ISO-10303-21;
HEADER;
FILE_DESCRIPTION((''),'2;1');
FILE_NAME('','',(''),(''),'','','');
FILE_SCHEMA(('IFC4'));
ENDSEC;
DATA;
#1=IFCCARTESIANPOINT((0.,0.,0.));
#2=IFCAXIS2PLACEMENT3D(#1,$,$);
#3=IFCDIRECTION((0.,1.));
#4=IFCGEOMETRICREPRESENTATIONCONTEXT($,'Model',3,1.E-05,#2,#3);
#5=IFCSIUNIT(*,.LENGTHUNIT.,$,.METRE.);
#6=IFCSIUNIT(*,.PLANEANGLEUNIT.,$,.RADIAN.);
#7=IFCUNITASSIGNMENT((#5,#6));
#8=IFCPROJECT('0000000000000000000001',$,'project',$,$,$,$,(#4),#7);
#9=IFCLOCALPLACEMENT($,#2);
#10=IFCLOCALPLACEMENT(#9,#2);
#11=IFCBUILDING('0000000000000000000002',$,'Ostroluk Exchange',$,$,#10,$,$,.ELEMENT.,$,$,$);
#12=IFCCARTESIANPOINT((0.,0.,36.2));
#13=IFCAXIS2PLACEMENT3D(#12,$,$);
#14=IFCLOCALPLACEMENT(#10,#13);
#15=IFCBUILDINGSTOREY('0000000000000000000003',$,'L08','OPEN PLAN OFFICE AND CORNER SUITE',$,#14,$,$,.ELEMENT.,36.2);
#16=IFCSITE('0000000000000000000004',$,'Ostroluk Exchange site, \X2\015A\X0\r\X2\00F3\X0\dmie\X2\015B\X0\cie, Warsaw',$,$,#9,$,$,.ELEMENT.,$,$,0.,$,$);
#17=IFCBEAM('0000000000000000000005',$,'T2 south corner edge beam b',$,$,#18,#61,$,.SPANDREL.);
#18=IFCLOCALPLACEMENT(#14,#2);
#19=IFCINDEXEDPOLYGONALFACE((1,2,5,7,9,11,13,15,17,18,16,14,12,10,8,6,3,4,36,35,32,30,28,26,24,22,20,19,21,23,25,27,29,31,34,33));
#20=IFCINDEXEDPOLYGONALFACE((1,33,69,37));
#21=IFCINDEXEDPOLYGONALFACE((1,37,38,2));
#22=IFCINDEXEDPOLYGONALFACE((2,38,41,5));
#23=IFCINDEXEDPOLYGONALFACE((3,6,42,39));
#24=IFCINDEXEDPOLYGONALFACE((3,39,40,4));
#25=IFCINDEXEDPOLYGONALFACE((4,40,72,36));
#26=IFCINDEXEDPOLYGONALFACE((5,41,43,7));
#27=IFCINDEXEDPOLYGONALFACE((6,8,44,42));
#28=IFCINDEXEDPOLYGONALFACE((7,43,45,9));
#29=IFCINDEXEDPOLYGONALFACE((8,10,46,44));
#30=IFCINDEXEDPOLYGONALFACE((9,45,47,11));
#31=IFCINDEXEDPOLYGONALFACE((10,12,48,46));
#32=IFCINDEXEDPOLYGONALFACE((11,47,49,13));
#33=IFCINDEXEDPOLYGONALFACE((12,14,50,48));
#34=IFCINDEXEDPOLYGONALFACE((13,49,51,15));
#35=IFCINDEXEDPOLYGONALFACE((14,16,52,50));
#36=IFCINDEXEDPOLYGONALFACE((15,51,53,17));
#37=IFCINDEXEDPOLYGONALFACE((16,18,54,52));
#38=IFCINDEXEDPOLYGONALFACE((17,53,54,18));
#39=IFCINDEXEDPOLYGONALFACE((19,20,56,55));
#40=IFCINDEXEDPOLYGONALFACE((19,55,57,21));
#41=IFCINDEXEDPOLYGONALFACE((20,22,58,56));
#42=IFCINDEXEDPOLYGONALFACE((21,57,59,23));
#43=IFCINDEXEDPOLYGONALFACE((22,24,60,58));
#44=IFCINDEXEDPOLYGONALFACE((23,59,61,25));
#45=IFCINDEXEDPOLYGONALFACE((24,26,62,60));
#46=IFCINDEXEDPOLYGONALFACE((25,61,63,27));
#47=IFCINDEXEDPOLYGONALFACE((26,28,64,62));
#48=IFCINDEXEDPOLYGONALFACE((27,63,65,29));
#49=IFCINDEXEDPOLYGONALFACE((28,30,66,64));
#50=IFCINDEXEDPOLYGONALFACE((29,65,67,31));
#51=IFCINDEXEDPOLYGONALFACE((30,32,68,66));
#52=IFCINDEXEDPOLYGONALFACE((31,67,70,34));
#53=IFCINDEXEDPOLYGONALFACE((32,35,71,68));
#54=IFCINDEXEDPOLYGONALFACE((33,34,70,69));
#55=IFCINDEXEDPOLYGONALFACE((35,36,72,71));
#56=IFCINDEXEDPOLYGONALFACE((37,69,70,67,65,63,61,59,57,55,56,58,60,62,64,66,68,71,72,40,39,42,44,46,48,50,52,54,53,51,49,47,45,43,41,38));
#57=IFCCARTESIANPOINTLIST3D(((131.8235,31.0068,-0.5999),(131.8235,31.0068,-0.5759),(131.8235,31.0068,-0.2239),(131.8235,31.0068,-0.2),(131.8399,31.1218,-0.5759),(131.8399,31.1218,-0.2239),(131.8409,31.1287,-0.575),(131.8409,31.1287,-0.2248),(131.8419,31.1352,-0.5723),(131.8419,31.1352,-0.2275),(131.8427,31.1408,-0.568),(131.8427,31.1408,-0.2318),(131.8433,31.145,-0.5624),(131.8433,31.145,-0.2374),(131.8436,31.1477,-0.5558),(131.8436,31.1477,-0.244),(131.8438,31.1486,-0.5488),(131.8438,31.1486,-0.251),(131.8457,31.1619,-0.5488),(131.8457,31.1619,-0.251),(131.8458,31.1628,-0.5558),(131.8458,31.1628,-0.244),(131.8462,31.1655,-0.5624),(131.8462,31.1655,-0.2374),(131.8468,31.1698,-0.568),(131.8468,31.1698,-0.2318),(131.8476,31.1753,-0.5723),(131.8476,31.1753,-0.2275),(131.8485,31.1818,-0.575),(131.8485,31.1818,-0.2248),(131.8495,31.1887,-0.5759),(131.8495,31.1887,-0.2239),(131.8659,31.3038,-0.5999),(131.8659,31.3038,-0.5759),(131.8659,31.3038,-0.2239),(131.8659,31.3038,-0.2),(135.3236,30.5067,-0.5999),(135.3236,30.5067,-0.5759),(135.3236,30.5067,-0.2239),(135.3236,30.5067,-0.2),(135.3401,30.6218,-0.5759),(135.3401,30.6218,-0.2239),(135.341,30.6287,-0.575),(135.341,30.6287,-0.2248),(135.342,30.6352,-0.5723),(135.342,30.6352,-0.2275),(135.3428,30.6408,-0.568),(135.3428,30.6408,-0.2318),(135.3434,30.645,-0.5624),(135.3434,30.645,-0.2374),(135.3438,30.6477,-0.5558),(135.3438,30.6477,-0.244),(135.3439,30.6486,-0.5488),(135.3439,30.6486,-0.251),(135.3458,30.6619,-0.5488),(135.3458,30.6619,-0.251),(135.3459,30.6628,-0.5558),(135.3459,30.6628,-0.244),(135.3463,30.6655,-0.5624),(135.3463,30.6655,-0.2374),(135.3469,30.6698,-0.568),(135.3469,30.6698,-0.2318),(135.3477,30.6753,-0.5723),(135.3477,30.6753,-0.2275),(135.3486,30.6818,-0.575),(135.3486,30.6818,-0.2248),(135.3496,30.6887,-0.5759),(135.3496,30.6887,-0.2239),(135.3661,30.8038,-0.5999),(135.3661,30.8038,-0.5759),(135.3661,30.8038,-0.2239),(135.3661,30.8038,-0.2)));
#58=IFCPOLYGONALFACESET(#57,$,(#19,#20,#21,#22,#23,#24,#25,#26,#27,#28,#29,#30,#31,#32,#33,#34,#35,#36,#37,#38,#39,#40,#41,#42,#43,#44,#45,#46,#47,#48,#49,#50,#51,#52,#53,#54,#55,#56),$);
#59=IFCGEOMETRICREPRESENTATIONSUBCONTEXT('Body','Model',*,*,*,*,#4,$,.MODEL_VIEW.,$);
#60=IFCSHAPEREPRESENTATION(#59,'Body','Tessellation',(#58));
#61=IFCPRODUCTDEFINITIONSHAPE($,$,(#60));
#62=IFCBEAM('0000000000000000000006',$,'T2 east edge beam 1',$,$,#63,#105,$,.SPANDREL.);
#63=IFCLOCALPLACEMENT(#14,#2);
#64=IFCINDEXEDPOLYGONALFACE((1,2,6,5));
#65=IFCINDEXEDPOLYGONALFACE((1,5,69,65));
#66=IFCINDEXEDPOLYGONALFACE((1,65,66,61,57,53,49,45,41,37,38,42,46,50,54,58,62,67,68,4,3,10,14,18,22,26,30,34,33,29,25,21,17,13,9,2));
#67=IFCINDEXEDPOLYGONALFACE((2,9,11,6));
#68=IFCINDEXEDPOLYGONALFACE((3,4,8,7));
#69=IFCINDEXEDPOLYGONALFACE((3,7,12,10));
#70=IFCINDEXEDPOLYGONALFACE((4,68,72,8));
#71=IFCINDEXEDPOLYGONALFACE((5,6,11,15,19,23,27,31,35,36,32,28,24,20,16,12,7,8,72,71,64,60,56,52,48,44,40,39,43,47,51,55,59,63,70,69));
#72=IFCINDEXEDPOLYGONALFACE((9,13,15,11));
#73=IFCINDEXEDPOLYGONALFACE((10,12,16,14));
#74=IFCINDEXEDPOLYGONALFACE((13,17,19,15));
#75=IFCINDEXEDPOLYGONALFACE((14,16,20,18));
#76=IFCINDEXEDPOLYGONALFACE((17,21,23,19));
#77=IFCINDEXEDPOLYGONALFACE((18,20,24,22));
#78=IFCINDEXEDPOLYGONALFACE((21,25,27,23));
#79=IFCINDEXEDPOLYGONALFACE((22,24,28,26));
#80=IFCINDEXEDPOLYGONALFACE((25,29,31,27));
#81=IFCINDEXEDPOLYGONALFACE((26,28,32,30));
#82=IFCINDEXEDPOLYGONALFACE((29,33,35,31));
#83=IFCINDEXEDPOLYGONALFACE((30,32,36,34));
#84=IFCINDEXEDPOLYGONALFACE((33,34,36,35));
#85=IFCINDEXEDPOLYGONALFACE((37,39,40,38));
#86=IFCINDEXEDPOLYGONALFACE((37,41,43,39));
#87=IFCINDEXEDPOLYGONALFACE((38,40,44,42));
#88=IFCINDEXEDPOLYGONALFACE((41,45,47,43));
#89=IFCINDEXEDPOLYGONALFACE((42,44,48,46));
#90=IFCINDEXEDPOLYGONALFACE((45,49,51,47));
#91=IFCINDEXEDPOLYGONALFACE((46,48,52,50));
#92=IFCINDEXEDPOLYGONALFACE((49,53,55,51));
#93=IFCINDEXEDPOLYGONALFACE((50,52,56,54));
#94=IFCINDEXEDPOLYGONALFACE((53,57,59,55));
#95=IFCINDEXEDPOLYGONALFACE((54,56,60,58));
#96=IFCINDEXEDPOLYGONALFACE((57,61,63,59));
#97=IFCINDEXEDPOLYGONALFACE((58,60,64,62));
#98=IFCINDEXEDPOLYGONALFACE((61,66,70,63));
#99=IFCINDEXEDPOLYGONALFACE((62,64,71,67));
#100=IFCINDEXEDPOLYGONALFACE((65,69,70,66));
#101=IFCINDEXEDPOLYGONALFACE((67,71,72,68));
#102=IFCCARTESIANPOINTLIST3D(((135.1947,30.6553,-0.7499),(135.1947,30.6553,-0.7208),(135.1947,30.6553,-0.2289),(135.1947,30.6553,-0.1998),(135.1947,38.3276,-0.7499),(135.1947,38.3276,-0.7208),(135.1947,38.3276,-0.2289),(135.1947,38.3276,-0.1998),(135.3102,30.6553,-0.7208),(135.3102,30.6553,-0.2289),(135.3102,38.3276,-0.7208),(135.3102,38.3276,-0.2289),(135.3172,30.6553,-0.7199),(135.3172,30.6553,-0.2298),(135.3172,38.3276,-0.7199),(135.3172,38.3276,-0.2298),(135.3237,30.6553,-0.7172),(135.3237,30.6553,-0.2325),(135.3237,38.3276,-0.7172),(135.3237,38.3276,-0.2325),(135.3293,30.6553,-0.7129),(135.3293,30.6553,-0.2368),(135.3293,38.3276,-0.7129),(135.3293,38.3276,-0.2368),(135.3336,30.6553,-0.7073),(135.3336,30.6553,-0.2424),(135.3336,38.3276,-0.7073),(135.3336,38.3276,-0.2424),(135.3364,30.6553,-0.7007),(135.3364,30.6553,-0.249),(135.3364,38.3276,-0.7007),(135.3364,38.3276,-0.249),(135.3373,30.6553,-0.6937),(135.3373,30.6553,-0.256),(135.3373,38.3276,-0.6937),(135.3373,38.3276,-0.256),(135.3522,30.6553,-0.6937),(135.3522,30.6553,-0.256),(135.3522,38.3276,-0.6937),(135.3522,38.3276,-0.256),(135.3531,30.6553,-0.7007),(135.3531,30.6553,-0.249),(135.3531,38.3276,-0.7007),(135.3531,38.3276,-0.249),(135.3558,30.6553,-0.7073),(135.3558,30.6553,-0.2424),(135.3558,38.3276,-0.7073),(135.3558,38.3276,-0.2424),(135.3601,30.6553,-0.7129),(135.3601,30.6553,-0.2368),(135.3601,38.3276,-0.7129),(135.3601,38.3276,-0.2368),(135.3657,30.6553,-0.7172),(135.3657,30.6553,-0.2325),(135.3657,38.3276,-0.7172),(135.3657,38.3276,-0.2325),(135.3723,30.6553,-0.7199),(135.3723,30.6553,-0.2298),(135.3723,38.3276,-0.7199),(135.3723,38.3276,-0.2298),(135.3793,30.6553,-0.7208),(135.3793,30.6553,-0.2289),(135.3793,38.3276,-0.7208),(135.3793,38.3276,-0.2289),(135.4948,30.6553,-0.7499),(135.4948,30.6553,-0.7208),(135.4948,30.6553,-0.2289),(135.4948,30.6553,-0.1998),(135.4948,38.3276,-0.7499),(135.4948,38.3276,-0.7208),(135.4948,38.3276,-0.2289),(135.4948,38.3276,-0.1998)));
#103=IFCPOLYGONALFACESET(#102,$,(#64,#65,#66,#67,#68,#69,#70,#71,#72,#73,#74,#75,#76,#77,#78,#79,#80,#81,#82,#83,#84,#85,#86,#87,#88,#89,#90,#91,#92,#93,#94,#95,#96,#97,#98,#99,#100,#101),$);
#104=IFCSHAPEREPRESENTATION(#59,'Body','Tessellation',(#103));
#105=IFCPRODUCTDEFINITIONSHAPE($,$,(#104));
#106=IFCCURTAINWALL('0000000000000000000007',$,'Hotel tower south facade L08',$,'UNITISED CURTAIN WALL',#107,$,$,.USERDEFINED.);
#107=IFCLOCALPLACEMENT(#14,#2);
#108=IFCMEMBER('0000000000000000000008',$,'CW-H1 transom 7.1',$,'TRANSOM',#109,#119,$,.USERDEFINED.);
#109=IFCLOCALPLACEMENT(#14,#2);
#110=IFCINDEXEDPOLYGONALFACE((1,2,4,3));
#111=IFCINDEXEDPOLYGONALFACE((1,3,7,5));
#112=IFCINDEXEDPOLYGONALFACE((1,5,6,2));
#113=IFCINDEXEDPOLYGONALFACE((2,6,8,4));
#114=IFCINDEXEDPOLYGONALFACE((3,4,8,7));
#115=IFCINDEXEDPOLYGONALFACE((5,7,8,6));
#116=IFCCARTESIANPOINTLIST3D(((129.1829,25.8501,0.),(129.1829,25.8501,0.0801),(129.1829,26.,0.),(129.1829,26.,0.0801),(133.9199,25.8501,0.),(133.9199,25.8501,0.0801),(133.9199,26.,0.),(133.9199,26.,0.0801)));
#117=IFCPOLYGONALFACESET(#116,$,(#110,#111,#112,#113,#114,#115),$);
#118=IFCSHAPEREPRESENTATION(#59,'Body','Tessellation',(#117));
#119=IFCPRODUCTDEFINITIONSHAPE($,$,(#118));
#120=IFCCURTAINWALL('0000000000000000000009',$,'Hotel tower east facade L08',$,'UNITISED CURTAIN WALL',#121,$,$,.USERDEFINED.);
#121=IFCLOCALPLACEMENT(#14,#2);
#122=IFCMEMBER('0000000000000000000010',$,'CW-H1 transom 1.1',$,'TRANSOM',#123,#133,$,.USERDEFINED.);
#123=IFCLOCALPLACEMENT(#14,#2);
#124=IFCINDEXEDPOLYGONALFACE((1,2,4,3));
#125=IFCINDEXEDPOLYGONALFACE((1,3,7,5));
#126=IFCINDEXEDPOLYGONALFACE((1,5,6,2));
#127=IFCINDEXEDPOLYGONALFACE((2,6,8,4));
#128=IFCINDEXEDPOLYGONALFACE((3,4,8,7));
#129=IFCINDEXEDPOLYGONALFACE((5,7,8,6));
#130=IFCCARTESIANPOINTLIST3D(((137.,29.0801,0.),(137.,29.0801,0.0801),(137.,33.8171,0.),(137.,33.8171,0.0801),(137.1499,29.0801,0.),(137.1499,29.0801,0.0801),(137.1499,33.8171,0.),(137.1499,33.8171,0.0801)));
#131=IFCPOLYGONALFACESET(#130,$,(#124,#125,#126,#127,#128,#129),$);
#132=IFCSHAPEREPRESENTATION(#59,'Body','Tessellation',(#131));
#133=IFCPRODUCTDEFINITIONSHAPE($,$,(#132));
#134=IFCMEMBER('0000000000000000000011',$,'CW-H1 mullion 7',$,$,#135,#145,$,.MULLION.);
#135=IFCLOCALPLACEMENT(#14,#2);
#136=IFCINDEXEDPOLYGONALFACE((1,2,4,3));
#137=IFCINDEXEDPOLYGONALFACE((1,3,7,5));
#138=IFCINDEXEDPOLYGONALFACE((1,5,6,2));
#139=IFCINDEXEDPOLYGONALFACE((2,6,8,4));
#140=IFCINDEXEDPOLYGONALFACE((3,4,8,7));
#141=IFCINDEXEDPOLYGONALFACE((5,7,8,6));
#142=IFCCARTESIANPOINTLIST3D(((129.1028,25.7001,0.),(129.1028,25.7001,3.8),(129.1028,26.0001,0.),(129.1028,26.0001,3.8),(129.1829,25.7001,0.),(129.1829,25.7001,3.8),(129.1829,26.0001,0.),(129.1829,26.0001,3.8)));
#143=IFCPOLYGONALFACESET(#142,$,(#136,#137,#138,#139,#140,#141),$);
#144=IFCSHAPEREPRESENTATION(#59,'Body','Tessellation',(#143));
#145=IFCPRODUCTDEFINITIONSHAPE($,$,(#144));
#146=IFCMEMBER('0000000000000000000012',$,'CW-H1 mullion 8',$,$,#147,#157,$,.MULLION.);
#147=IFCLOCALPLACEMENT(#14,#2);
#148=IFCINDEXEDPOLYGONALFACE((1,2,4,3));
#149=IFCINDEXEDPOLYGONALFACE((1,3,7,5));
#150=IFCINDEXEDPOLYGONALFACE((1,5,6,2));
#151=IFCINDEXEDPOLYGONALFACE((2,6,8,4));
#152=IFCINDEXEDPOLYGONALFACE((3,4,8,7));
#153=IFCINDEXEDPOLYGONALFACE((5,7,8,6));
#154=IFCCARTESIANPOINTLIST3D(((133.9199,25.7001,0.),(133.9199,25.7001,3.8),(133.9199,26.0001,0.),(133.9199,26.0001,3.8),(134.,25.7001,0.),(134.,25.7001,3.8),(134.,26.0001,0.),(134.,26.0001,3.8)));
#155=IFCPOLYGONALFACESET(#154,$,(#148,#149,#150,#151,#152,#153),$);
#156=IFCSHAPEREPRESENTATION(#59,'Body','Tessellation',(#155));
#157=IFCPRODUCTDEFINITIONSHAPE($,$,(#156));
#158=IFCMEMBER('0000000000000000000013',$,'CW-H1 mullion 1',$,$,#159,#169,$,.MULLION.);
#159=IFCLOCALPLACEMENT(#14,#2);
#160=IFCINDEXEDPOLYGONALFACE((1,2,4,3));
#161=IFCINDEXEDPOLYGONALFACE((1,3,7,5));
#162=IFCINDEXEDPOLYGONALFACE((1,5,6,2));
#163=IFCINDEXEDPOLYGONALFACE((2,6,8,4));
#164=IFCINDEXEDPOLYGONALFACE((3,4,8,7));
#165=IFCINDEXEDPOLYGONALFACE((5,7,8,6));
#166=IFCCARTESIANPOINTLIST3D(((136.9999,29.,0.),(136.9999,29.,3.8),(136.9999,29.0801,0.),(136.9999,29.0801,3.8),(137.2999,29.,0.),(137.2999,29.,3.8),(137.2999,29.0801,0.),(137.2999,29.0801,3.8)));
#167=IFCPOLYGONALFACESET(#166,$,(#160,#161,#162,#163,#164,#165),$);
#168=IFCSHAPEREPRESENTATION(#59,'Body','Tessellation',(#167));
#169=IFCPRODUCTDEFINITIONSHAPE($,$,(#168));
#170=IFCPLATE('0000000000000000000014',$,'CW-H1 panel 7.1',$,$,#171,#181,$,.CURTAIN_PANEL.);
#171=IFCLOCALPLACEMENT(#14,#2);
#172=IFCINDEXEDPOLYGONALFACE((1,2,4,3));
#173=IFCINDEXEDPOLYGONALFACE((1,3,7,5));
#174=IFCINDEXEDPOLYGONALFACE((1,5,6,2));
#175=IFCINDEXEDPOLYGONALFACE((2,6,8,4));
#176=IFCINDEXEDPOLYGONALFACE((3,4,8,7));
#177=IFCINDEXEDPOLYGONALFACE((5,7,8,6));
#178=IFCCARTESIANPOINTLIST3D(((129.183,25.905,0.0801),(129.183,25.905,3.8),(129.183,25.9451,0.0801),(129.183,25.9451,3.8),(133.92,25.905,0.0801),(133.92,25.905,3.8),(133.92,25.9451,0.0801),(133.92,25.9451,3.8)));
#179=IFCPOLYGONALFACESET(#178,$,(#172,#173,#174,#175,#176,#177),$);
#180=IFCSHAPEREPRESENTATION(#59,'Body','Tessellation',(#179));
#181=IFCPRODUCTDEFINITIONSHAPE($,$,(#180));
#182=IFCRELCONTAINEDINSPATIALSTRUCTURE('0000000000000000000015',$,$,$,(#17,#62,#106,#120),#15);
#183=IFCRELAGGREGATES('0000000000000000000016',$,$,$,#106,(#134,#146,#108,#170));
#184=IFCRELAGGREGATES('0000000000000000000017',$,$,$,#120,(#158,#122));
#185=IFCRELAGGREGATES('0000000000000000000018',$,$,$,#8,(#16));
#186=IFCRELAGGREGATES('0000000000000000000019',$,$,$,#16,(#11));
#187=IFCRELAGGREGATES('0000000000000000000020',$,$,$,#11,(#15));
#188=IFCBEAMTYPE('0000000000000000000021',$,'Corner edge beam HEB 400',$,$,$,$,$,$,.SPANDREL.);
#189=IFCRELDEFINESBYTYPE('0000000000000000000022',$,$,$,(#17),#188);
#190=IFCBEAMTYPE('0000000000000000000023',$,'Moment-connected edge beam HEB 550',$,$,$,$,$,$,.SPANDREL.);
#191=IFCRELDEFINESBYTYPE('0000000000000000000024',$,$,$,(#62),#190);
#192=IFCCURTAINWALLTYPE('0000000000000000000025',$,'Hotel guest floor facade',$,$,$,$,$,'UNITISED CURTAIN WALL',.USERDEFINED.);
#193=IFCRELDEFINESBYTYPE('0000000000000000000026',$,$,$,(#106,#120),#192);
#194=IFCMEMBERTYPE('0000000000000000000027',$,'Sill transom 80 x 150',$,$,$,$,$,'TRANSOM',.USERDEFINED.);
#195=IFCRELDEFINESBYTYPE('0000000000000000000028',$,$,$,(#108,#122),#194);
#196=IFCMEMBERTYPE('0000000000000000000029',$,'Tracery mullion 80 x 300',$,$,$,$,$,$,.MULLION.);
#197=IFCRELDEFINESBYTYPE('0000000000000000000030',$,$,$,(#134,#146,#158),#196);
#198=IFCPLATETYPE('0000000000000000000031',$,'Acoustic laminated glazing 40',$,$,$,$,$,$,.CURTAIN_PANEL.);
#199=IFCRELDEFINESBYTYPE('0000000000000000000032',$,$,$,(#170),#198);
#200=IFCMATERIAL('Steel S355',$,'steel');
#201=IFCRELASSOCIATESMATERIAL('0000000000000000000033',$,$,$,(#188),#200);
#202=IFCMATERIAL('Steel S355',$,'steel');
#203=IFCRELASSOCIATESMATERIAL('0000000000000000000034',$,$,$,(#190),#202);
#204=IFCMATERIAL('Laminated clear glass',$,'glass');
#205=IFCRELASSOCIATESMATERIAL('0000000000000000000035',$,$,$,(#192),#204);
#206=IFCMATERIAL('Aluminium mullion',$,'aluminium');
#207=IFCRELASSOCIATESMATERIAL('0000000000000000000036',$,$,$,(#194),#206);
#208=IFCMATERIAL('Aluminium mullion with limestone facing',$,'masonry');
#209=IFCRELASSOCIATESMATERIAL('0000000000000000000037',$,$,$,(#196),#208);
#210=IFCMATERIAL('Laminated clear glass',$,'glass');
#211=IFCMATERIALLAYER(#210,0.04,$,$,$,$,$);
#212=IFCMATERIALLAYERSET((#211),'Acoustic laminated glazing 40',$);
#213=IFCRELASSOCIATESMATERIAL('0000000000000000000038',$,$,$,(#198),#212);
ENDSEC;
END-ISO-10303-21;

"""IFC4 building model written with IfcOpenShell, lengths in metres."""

from ifc_helpers import new_model, si_unit, direction, frame, origin, origin_2d, place, context, subcontext, project, spatial, rectangle, i_section, extrude, material, layer, layer_set, material_profile, profile_set, type_object, element, aggregate, save


model = new_model("IFC4")

# Units and contexts
model_context = context("Model", 3, precision=1e-05, world=origin(), true_north=direction((0.0, 1.0)))
body_context = subcontext(model_context, "Body", "Model", "MODEL_VIEW")
ifc_project = project(units=[si_unit("LENGTHUNIT", "METRE"), si_unit("PLANEANGLEUNIT", "RADIAN")], contexts=[model_context])

# Site, building, storey
site_placement = place(None, origin())
site = spatial("IfcSite", under=ifc_project, at=site_placement, Name="Ostroluk Exchange site, Śródmieście, Warsaw", CompositionType="ELEMENT", RefElevation=0.0)
building_placement = place(site_placement, origin())
building = spatial("IfcBuilding", under=site, at=building_placement, Name="Ostroluk Exchange", CompositionType="ELEMENT")
storey_placement = place(building_placement, frame((0.0, 0.0, 36.2)))
storey = spatial("IfcBuildingStorey", under=building, at=storey_placement, Name="L08", Description="OPEN PLAN OFFICE AND CORNER SUITE", CompositionType="ELEMENT", Elevation=36.2)

# Beams
ifc_material_1 = material(Name="Steel S355", Category="steel")
ifc_material_profile_1 = material_profile(ifc_material_1, i_section(OverallWidth=0.3, OverallDepth=0.3999, WebThickness=0.0134, FlangeThickness=0.0239, FilletRadius=0.0271, at=origin_2d()), Name="HEB 400")
ifc_profile_set_1 = profile_set([ifc_material_profile_1], Name="Steel S355")
beam_type_1 = type_object("IfcBeamType", Name="Corner edge beam HEB 400", PredefinedType="SPANDREL", material=ifc_profile_set_1)
for number, where, z_axis, x_axis, name in (
    (1, (131.8447, 31.1553, -0.3999), (0.989949, -0.141421, 0.0), (0.141421, 0.989949, 0.0), "T2 south corner edge beam b"),
):
    element("IfcBeam", number, at=place(storey_placement, frame(where, z_axis=z_axis, x_axis=x_axis)), inside=storey, type_object=beam_type_1, Name=name, PredefinedType="SPANDREL", context=body_context, shape_type="SweptSolid", body=[
        extrude(i_section(OverallWidth=0.3, OverallDepth=0.3999, WebThickness=0.0134, FlangeThickness=0.0239, FilletRadius=0.0271, at=origin_2d()), origin(), (0.0, 0.0, 1.0), 3.5356),
    ])
ifc_material_2 = material(Name="Steel S355", Category="steel")
ifc_material_profile_2 = material_profile(ifc_material_2, i_section(OverallWidth=0.3, OverallDepth=0.55, WebThickness=0.0149, FlangeThickness=0.0291, FilletRadius=0.0271, at=origin_2d()), Name="HEB 550")
ifc_profile_set_2 = profile_set([ifc_material_profile_2], Name="Steel S355")
beam_type_2 = type_object("IfcBeamType", Name="Moment-connected edge beam HEB 550", PredefinedType="SPANDREL", material=ifc_profile_set_2)
beam_1_placement = place(storey_placement, frame((135.3447, 30.6553, -0.4749), z_axis=(0.0, 1.0, 0.0), x_axis=(-1.0, 0.0, 0.0)))
element("IfcBeam", 2, at=beam_1_placement, inside=storey, type_object=beam_type_2, Name="T2 east edge beam 1", PredefinedType="SPANDREL", context=body_context, shape_type="SweptSolid", body=[
    extrude(i_section(OverallWidth=0.3, OverallDepth=0.55, WebThickness=0.0149, FlangeThickness=0.0291, FilletRadius=0.0271, at=origin_2d()), origin(), (0.0, 0.0, 1.0), 7.6724),
])

# Curtain walls, members
ifc_material_3 = material(Name="Laminated clear glass", Category="glass")
curtain_wall_type = type_object("IfcCurtainWallType", Name="Hotel guest floor facade", ElementType="UNITISED CURTAIN WALL", PredefinedType="USERDEFINED", material=ifc_material_3)
curtain_wall_1_placement = place(storey_placement, origin())
curtain_wall_1 = element("IfcCurtainWall", 3, at=curtain_wall_1_placement, inside=storey, type_object=curtain_wall_type, Name="Hotel tower south facade L08", ObjectType="UNITISED CURTAIN WALL", PredefinedType="USERDEFINED")
ifc_material_4 = material(Name="Aluminium mullion", Category="aluminium")
ifc_material_profile_3 = material_profile(ifc_material_4, rectangle(XDim=0.1499, YDim=0.0801, at=origin_2d()), Name="Sill transom 80 x 150")
ifc_profile_set_3 = profile_set([ifc_material_profile_3], Name="Aluminium mullion")
member_type_1 = type_object("IfcMemberType", Name="Sill transom 80 x 150", ElementType="TRANSOM", PredefinedType="USERDEFINED", material=ifc_profile_set_3)
member_1_placement = place(storey_placement, frame((129.1829, 25.925, 0.04), z_axis=(1.0, 0.0, 0.0), x_axis=(0.0, 1.0, 0.0)))
member_1 = element("IfcMember", 4, at=member_1_placement, type_object=member_type_1, Name="CW-H1 transom 7.1", ObjectType="TRANSOM", PredefinedType="USERDEFINED", context=body_context, shape_type="SweptSolid", body=[
    extrude(rectangle(XDim=0.1499, YDim=0.0801, at=origin_2d()), origin(), (0.0, 0.0, 1.0), 4.7371),
])
curtain_wall_2_placement = place(storey_placement, origin())
curtain_wall_2 = element("IfcCurtainWall", 5, at=curtain_wall_2_placement, inside=storey, type_object=curtain_wall_type, Name="Hotel tower east facade L08", ObjectType="UNITISED CURTAIN WALL", PredefinedType="USERDEFINED")
member_2_placement = place(storey_placement, frame((137.075, 29.0801, 0.04), z_axis=(0.0, 1.0, 0.0), x_axis=(-1.0, 0.0, 0.0)))
member_2 = element("IfcMember", 6, at=member_2_placement, type_object=member_type_1, Name="CW-H1 transom 1.1", ObjectType="TRANSOM", PredefinedType="USERDEFINED", context=body_context, shape_type="SweptSolid", body=[
    extrude(rectangle(XDim=0.1499, YDim=0.0801, at=origin_2d()), origin(), (0.0, 0.0, 1.0), 4.7371),
])

# Members
ifc_material_5 = material(Name="Aluminium mullion with limestone facing", Category="masonry")
ifc_material_profile_4 = material_profile(ifc_material_5, rectangle(XDim=0.3, YDim=0.0801, at=origin_2d()), Name="Tracery mullion 80 x 300")
ifc_profile_set_4 = profile_set([ifc_material_profile_4], Name="Aluminium mullion with limestone facing")
member_type_2 = type_object("IfcMemberType", Name="Tracery mullion 80 x 300", PredefinedType="MULLION", material=ifc_profile_set_4)
member_3_placement = place(storey_placement, frame((129.1428, 25.8501, 0.0), z_axis=(0.0, 0.0, 1.0), x_axis=(0.0, 1.0, 0.0)))
member_3 = element("IfcMember", 7, at=member_3_placement, type_object=member_type_2, Name="CW-H1 mullion 7", PredefinedType="MULLION", context=body_context, shape_type="SweptSolid", body=[
    extrude(rectangle(XDim=0.3, YDim=0.0801, at=origin_2d()), origin(), (0.0, 0.0, 1.0), 3.8),
])
member_4_placement = place(storey_placement, frame((133.96, 25.8501, 0.0), z_axis=(0.0, 0.0, 1.0), x_axis=(0.0, 1.0, 0.0)))
member_4 = element("IfcMember", 8, at=member_4_placement, type_object=member_type_2, Name="CW-H1 mullion 8", PredefinedType="MULLION", context=body_context, shape_type="SweptSolid", body=[
    extrude(rectangle(XDim=0.3, YDim=0.0801, at=origin_2d()), origin(), (0.0, 0.0, 1.0), 3.8),
])
member_5_placement = place(storey_placement, frame((137.1499, 29.04, 0.0), z_axis=(0.0, 0.0, 1.0), x_axis=(-1.0, 0.0, 0.0)))
member_5 = element("IfcMember", 9, at=member_5_placement, type_object=member_type_2, Name="CW-H1 mullion 1", PredefinedType="MULLION", context=body_context, shape_type="SweptSolid", body=[
    extrude(rectangle(XDim=0.3, YDim=0.0801, at=origin_2d()), origin(), (0.0, 0.0, 1.0), 3.8),
])

# Plate
ifc_material_6 = material(Name="Laminated clear glass", Category="glass")
ifc_layer_1 = layer(ifc_material_6, 0.04)
ifc_layer_set_1 = layer_set([ifc_layer_1], Name="Acoustic laminated glazing 40")
plate_type_1 = type_object("IfcPlateType", Name="Acoustic laminated glazing 40", PredefinedType="CURTAIN_PANEL", material=ifc_layer_set_1)
plate_1_placement = place(storey_placement, frame((131.5515, 25.925, 0.0801), z_axis=(0.0, 0.0, 1.0), x_axis=(1.0, 0.0, 0.0)))
plate_1 = element("IfcPlate", 10, at=plate_1_placement, type_object=plate_type_1, Name="CW-H1 panel 7.1", PredefinedType="CURTAIN_PANEL", context=body_context, shape_type="SweptSolid", body=[
    extrude(rectangle(XDim=4.7371, YDim=0.04, at=origin_2d()), origin(), (0.0, 0.0, 1.0), 3.72),
])
aggregate(curtain_wall_1, [member_3, member_4, member_1, plate_1])
aggregate(curtain_wall_2, [member_5, member_2])

save(model, "model.ifc")
